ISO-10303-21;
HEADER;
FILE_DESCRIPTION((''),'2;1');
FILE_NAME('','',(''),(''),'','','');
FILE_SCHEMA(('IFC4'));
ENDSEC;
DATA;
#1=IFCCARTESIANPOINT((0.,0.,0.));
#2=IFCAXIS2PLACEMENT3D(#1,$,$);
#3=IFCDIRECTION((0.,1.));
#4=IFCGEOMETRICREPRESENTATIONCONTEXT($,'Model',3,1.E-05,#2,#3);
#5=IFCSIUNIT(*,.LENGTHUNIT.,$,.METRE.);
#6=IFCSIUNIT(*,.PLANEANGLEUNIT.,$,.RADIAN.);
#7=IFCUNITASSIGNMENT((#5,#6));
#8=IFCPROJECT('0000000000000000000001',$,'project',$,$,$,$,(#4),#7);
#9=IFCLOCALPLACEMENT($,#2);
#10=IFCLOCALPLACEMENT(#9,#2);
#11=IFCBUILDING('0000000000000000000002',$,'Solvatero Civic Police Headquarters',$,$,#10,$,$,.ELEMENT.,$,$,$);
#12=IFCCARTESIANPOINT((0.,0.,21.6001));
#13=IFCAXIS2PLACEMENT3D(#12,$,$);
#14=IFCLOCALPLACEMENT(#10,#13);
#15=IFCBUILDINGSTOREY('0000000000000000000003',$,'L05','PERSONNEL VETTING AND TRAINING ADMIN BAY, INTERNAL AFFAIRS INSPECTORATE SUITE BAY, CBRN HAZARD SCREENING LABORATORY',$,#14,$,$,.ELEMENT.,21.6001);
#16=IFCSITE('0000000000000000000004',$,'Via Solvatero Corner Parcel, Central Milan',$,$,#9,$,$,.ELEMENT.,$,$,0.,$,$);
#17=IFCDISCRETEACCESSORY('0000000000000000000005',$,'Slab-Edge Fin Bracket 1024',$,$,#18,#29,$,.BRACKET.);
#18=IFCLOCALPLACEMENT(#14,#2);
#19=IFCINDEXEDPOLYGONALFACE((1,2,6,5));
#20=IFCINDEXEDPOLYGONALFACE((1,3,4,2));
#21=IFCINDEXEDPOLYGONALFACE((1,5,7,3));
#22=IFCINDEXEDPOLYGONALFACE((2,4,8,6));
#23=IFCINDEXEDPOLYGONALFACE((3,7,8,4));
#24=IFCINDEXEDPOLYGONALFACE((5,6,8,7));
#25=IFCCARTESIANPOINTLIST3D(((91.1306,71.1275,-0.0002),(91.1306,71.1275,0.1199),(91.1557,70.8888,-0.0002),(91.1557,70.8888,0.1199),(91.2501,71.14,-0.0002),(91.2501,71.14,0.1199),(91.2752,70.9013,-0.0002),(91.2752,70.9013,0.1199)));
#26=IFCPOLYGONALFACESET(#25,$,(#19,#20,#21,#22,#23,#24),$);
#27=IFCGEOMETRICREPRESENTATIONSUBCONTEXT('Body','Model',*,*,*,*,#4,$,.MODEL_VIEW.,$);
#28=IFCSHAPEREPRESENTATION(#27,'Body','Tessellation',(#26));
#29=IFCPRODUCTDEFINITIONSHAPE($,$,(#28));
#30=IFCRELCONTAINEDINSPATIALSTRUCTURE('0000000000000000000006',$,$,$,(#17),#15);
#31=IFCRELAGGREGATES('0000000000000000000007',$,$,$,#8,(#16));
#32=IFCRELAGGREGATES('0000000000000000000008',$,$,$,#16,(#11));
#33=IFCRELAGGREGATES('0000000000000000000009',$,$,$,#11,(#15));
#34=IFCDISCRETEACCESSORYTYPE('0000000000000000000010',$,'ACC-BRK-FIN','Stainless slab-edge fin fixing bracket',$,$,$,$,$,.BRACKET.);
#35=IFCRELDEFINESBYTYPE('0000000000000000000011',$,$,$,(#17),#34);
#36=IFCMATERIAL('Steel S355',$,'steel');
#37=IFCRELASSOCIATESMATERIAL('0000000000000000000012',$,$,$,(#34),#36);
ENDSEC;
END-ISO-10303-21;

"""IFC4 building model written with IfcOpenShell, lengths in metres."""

from ifc_helpers import new_model, si_unit, direction, frame, origin, origin_2d, place, context, subcontext, project, spatial, rectangle, extrude, material, type_object, element, save


model = new_model("IFC4")

# Units and contexts
model_context = context("Model", 3, precision=1e-05, world=origin(), true_north=direction((0.0, 1.0)))
body_context = subcontext(model_context, "Body", "Model", "MODEL_VIEW")
ifc_project = project(units=[si_unit("LENGTHUNIT", "METRE"), si_unit("PLANEANGLEUNIT", "RADIAN")], contexts=[model_context])

# Site, building, storey
site_placement = place(None, origin())
site = spatial("IfcSite", under=ifc_project, at=site_placement, Name="Via Solvatero Corner Parcel, Central Milan", CompositionType="ELEMENT", RefElevation=0.0)
building_placement = place(site_placement, origin())
building = spatial("IfcBuilding", under=site, at=building_placement, Name="Solvatero Civic Police Headquarters", CompositionType="ELEMENT")
storey_placement = place(building_placement, frame((0.0, 0.0, 21.6001)))
storey = spatial("IfcBuildingStorey", under=building, at=storey_placement, Name="L05", Description="PERSONNEL VETTING AND TRAINING ADMIN BAY, INTERNAL AFFAIRS INSPECTORATE SUITE BAY, CBRN HAZARD SCREENING LABORATORY", CompositionType="ELEMENT", Elevation=21.6001)

# Shared definitions
ifc_material_1 = material(Name="Steel S355", Category="steel")

# Discrete accessory
discrete_accessory_type = type_object("IfcDiscreteAccessoryType", Name="ACC-BRK-FIN", Description="Stainless slab-edge fin fixing bracket", PredefinedType="BRACKET", material=ifc_material_1)
for number, where, z_axis, x_axis, name in (
    (1, (91.2029, 71.0144, -0.0002), (0.0, 0.0, 1.0), (-0.994522, -0.104528, 0.0), "Slab-Edge Fin Bracket 1024"),
):
    element("IfcDiscreteAccessory", number, at=place(storey_placement, frame(where, z_axis=z_axis, x_axis=x_axis)), inside=storey, type_object=discrete_accessory_type, Name=name, PredefinedType="BRACKET", context=body_context, shape_type="SweptSolid", body=[
        extrude(rectangle(XDim=0.1201, YDim=0.24, at=origin_2d()), origin(), (0.0, 0.0, 1.0), 0.1201),
    ])

save(model, "model.ifc")
